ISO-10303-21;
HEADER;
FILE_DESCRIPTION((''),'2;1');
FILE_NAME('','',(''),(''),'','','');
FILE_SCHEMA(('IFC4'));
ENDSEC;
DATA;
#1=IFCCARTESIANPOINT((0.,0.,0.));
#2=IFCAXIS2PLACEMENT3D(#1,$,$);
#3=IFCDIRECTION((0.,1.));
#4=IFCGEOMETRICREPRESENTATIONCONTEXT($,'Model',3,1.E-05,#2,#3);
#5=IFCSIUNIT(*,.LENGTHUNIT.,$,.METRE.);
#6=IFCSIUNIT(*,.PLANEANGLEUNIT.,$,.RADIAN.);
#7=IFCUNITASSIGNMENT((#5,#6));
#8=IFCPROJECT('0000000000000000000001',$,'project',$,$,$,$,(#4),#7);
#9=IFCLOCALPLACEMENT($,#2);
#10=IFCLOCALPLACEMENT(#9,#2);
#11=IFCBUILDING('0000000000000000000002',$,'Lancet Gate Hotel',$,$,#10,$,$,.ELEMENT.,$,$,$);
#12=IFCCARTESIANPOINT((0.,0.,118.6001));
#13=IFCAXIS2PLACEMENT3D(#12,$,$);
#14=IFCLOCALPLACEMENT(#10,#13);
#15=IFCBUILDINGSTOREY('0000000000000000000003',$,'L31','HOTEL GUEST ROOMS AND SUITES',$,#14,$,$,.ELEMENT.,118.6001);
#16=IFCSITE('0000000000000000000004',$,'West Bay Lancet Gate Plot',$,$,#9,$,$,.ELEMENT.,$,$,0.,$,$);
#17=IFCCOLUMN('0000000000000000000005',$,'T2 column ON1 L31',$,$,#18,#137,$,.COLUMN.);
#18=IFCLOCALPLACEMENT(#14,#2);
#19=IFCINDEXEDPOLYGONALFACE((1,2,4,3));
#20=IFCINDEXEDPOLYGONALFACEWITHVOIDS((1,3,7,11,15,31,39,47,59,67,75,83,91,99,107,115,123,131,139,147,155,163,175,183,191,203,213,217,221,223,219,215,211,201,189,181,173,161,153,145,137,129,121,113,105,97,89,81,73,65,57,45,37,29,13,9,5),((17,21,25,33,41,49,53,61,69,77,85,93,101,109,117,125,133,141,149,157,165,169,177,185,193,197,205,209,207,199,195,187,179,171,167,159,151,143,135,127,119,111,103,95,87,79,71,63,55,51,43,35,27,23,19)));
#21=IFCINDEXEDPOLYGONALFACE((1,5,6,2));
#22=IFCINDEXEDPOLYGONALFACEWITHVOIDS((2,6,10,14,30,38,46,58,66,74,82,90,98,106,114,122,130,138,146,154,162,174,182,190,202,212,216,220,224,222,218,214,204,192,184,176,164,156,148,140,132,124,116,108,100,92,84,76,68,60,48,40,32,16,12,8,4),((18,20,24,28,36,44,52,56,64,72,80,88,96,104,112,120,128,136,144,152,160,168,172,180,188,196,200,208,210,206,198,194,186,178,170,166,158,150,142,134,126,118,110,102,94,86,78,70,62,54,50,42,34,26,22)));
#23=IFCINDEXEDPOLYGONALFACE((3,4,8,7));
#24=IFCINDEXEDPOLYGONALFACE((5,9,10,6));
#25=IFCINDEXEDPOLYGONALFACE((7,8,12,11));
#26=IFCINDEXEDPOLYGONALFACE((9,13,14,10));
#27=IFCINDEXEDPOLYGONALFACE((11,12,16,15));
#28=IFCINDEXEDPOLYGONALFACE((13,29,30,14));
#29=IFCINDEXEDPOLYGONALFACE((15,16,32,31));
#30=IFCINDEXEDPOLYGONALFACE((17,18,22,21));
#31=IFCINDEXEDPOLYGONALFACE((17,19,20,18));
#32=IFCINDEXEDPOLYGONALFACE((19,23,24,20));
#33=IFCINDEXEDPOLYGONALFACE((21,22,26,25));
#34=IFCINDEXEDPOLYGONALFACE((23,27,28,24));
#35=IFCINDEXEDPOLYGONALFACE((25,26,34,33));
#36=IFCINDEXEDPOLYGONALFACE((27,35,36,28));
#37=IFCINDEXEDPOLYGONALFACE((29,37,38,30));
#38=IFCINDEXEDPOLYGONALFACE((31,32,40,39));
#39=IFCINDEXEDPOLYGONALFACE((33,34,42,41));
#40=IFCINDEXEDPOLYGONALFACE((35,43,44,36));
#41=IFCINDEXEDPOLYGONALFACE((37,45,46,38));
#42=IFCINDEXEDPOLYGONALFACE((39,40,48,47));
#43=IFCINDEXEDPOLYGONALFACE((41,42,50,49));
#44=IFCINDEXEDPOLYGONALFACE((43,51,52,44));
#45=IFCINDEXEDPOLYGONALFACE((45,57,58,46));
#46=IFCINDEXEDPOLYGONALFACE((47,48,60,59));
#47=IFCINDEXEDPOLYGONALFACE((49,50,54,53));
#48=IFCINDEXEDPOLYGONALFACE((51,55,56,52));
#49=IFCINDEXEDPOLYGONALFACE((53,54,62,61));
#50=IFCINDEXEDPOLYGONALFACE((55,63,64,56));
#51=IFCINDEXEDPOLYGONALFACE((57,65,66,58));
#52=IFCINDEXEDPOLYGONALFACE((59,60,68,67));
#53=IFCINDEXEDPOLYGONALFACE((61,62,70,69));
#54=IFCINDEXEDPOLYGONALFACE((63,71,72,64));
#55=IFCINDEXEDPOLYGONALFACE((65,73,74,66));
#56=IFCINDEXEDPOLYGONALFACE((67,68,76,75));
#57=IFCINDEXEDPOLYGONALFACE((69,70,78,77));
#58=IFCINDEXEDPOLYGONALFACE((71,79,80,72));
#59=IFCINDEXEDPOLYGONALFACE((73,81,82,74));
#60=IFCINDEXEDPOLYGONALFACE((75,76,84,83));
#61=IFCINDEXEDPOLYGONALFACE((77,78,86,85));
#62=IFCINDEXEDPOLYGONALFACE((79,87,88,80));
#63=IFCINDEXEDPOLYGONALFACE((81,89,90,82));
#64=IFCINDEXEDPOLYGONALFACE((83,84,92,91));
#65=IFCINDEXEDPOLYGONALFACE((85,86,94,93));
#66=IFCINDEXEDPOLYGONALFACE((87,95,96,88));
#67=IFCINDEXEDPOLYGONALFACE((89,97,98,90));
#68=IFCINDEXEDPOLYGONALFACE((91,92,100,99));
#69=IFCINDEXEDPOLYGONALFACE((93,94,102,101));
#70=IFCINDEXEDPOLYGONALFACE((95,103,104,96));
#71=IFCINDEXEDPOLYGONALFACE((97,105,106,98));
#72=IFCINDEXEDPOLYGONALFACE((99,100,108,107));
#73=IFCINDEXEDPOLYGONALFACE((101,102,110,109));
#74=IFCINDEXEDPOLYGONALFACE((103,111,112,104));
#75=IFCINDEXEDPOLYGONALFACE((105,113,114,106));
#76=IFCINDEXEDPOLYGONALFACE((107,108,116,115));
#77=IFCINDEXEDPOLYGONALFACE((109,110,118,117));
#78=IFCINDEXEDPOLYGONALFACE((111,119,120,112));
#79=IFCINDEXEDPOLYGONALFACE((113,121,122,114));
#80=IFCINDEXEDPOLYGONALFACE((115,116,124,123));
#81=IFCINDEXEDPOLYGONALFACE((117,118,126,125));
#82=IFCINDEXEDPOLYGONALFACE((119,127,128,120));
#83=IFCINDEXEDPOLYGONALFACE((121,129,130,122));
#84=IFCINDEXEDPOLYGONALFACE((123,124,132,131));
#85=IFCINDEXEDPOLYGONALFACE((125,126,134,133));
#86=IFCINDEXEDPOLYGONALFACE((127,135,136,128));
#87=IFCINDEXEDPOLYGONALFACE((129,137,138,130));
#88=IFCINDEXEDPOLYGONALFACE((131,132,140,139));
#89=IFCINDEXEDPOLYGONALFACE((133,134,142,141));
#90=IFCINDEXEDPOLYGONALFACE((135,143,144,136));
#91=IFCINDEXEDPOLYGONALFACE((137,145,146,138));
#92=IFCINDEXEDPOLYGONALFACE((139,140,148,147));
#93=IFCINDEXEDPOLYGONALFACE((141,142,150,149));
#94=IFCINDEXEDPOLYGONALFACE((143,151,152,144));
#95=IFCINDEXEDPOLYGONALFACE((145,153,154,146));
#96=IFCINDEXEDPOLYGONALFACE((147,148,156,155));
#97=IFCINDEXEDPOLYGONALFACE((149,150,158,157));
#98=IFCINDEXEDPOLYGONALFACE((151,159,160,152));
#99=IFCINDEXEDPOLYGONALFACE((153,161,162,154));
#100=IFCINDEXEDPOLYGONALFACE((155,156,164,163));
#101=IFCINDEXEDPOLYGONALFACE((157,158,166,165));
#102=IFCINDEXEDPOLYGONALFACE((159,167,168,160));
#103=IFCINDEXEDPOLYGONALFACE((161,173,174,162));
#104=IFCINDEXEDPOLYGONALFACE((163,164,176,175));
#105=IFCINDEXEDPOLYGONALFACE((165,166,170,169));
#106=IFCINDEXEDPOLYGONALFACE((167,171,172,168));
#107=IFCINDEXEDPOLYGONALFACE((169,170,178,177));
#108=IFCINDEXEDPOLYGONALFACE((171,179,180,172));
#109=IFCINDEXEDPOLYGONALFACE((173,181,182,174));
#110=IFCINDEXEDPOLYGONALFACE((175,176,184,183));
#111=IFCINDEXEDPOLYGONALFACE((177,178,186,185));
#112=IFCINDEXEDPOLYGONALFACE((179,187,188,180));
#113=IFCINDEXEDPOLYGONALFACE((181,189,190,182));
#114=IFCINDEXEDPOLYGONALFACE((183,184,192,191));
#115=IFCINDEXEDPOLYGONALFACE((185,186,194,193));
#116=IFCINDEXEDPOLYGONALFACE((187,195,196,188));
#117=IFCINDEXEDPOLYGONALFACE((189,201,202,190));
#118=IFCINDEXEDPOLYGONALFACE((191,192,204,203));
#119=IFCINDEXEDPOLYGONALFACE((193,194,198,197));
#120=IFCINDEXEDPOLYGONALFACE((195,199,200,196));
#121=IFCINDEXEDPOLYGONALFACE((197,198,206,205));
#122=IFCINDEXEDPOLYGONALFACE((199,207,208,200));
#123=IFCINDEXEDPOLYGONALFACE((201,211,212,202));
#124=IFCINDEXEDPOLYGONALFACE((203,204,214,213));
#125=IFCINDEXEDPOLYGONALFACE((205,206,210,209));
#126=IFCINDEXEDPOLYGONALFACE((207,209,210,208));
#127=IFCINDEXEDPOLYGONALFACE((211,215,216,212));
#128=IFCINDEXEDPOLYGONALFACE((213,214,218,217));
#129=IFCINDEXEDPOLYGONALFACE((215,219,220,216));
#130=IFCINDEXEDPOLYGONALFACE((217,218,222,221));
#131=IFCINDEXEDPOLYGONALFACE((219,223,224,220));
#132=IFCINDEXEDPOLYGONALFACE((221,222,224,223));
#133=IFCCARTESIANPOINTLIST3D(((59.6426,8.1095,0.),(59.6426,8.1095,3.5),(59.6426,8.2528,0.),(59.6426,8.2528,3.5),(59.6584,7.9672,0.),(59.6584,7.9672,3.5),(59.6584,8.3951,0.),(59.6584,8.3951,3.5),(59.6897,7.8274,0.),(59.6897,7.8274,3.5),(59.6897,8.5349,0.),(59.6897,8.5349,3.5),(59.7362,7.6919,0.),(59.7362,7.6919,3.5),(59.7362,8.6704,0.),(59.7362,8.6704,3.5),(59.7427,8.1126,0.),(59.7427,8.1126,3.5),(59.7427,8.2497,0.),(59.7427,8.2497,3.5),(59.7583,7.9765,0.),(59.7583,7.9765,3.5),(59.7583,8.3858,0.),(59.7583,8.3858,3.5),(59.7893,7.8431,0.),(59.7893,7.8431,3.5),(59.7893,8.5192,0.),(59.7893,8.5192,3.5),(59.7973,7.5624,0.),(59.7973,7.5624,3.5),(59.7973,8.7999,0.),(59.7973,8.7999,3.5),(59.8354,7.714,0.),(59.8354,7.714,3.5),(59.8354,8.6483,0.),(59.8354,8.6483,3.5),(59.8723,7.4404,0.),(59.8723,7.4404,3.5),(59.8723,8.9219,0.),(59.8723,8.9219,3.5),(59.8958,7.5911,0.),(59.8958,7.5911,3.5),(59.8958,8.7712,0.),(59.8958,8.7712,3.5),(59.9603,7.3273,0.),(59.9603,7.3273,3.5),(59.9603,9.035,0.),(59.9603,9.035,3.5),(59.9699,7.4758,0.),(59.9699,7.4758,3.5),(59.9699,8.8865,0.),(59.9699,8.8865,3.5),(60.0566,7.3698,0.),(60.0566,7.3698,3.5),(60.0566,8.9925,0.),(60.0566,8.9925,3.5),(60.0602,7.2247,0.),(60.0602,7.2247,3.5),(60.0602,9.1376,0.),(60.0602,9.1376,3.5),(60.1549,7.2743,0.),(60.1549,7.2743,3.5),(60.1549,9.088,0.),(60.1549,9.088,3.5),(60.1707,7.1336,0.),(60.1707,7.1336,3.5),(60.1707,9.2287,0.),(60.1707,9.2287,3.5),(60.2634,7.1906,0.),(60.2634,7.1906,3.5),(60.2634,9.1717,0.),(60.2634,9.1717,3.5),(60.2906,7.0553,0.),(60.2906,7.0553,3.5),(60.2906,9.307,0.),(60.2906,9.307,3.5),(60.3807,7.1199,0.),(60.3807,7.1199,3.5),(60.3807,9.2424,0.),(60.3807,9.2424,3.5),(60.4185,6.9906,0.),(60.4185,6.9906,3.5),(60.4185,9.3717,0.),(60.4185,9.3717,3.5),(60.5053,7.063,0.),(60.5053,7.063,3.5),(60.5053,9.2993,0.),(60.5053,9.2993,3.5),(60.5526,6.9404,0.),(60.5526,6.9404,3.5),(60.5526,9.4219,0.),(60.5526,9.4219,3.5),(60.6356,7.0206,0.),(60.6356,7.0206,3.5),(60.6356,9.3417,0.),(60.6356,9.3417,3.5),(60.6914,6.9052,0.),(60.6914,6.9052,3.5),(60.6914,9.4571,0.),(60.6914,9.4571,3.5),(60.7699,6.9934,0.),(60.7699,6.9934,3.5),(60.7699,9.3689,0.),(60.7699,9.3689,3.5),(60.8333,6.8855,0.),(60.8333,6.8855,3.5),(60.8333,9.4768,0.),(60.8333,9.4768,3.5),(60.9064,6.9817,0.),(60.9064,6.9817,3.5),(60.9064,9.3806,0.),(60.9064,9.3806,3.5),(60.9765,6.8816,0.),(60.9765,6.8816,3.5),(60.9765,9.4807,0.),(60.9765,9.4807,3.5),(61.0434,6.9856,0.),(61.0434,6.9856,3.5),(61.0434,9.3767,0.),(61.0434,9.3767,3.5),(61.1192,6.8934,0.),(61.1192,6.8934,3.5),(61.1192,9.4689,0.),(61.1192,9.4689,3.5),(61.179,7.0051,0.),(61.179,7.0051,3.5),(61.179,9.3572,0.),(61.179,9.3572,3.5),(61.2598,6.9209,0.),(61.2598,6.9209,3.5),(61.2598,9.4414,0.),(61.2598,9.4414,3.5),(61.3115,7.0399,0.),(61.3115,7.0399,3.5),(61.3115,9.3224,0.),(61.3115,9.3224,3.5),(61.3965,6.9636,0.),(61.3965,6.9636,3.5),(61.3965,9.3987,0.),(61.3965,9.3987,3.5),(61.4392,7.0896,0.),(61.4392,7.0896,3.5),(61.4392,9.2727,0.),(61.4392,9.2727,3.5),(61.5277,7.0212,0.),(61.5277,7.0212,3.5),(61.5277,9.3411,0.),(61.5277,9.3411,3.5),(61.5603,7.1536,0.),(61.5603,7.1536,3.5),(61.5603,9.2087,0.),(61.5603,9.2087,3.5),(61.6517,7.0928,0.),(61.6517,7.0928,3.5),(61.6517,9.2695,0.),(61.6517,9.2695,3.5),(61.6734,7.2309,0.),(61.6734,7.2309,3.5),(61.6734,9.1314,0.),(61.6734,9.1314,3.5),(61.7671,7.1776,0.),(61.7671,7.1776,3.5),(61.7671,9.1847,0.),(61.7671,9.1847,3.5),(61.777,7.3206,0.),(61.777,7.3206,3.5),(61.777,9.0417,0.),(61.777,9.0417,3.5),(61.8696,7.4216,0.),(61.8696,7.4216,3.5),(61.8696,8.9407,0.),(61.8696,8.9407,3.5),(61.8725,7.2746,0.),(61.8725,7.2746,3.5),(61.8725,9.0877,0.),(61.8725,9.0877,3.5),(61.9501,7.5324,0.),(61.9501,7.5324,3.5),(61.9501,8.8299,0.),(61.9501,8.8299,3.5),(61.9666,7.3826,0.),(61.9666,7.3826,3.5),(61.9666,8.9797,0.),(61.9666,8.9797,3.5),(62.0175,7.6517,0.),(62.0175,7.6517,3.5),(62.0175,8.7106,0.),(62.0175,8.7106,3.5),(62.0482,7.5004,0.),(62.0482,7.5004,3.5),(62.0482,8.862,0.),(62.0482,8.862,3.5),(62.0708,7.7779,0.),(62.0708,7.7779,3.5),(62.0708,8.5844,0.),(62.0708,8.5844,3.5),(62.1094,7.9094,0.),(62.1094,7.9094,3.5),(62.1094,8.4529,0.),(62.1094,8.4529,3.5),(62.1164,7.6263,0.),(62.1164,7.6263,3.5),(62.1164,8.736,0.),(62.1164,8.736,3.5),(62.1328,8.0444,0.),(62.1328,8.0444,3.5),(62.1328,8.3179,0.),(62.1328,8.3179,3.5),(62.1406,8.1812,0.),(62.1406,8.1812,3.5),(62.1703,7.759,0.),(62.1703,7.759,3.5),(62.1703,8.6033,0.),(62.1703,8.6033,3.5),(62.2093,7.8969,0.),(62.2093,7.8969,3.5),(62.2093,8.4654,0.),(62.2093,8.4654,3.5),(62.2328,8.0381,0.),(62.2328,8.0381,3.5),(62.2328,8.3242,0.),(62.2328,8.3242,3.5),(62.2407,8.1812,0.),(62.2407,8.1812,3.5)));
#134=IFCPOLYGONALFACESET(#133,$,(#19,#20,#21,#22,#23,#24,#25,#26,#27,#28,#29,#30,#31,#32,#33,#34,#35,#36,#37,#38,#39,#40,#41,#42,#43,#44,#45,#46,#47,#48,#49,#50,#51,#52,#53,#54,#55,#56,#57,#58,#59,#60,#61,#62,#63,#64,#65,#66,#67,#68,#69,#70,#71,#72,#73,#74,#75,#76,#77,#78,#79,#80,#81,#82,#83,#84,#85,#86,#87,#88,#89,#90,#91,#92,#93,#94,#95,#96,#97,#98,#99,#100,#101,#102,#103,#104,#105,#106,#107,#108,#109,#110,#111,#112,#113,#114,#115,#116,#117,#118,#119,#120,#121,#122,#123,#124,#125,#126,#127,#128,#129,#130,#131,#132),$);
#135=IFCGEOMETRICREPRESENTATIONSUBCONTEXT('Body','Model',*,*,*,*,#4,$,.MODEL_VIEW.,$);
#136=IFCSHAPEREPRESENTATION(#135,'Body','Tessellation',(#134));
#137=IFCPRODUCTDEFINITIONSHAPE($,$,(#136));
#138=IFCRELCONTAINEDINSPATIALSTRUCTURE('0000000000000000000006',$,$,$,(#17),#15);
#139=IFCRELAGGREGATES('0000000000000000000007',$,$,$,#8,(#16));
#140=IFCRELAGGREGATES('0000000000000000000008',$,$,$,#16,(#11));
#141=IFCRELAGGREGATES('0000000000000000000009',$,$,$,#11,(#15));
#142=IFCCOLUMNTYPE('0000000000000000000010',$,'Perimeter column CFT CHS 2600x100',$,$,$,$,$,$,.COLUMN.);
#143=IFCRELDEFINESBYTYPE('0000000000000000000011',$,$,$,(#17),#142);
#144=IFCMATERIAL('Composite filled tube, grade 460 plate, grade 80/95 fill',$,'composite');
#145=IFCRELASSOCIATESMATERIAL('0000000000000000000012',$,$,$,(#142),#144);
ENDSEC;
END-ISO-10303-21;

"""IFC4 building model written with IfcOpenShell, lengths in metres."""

from ifc_helpers import new_model, si_unit, direction, frame, origin, origin_2d, place, context, subcontext, project, spatial, hollow_circle, extrude, material, material_profile, profile_set, type_object, element, save


model = new_model("IFC4")

# Units and contexts
model_context = context("Model", 3, precision=1e-05, world=origin(), true_north=direction((0.0, 1.0)))
body_context = subcontext(model_context, "Body", "Model", "MODEL_VIEW")
ifc_project = project(units=[si_unit("LENGTHUNIT", "METRE"), si_unit("PLANEANGLEUNIT", "RADIAN")], contexts=[model_context])

# Site, building, storey
site_placement = place(None, origin())
site = spatial("IfcSite", under=ifc_project, at=site_placement, Name="West Bay Lancet Gate Plot", CompositionType="ELEMENT", RefElevation=0.0)
building_placement = place(site_placement, origin())
building = spatial("IfcBuilding", under=site, at=building_placement, Name="Lancet Gate Hotel", CompositionType="ELEMENT")
storey_placement = place(building_placement, frame((0.0, 0.0, 118.6001)))
storey = spatial("IfcBuildingStorey", under=building, at=storey_placement, Name="L31", Description="HOTEL GUEST ROOMS AND SUITES", CompositionType="ELEMENT", Elevation=118.6001)

# Column
ifc_material_1 = material(Name="Composite filled tube, grade 460 plate, grade 80/95 fill", Category="composite")
ifc_material_profile_1 = material_profile(ifc_material_1, hollow_circle(Radius=1.3, WallThickness=0.1001, at=origin_2d()), Name="CHS 2600x100")
ifc_profile_set_1 = profile_set([ifc_material_profile_1], Name="Composite filled tube, grade 460 plate, grade 80/95 fill")
column_type = type_object("IfcColumnType", Name="Perimeter column CFT CHS 2600x100", PredefinedType="COLUMN", material=ifc_profile_set_1)
for number, where, z_axis, x_axis, name in (
    (1, (60.9407, 8.1812, 0.0), (0.0, 0.0, 1.0), (1.0, 0.0, 0.0), "T2 column ON1 L31"),
):
    element("IfcColumn", number, at=place(storey_placement, frame(where, z_axis=z_axis, x_axis=x_axis)), inside=storey, type_object=column_type, Name=name, PredefinedType="COLUMN", context=body_context, shape_type="SweptSolid", body=[
        extrude(hollow_circle(Radius=1.3, WallThickness=0.1001, at=origin_2d()), origin(), (0.0, 0.0, 1.0), 3.5),
    ])

save(model, "model.ifc")
